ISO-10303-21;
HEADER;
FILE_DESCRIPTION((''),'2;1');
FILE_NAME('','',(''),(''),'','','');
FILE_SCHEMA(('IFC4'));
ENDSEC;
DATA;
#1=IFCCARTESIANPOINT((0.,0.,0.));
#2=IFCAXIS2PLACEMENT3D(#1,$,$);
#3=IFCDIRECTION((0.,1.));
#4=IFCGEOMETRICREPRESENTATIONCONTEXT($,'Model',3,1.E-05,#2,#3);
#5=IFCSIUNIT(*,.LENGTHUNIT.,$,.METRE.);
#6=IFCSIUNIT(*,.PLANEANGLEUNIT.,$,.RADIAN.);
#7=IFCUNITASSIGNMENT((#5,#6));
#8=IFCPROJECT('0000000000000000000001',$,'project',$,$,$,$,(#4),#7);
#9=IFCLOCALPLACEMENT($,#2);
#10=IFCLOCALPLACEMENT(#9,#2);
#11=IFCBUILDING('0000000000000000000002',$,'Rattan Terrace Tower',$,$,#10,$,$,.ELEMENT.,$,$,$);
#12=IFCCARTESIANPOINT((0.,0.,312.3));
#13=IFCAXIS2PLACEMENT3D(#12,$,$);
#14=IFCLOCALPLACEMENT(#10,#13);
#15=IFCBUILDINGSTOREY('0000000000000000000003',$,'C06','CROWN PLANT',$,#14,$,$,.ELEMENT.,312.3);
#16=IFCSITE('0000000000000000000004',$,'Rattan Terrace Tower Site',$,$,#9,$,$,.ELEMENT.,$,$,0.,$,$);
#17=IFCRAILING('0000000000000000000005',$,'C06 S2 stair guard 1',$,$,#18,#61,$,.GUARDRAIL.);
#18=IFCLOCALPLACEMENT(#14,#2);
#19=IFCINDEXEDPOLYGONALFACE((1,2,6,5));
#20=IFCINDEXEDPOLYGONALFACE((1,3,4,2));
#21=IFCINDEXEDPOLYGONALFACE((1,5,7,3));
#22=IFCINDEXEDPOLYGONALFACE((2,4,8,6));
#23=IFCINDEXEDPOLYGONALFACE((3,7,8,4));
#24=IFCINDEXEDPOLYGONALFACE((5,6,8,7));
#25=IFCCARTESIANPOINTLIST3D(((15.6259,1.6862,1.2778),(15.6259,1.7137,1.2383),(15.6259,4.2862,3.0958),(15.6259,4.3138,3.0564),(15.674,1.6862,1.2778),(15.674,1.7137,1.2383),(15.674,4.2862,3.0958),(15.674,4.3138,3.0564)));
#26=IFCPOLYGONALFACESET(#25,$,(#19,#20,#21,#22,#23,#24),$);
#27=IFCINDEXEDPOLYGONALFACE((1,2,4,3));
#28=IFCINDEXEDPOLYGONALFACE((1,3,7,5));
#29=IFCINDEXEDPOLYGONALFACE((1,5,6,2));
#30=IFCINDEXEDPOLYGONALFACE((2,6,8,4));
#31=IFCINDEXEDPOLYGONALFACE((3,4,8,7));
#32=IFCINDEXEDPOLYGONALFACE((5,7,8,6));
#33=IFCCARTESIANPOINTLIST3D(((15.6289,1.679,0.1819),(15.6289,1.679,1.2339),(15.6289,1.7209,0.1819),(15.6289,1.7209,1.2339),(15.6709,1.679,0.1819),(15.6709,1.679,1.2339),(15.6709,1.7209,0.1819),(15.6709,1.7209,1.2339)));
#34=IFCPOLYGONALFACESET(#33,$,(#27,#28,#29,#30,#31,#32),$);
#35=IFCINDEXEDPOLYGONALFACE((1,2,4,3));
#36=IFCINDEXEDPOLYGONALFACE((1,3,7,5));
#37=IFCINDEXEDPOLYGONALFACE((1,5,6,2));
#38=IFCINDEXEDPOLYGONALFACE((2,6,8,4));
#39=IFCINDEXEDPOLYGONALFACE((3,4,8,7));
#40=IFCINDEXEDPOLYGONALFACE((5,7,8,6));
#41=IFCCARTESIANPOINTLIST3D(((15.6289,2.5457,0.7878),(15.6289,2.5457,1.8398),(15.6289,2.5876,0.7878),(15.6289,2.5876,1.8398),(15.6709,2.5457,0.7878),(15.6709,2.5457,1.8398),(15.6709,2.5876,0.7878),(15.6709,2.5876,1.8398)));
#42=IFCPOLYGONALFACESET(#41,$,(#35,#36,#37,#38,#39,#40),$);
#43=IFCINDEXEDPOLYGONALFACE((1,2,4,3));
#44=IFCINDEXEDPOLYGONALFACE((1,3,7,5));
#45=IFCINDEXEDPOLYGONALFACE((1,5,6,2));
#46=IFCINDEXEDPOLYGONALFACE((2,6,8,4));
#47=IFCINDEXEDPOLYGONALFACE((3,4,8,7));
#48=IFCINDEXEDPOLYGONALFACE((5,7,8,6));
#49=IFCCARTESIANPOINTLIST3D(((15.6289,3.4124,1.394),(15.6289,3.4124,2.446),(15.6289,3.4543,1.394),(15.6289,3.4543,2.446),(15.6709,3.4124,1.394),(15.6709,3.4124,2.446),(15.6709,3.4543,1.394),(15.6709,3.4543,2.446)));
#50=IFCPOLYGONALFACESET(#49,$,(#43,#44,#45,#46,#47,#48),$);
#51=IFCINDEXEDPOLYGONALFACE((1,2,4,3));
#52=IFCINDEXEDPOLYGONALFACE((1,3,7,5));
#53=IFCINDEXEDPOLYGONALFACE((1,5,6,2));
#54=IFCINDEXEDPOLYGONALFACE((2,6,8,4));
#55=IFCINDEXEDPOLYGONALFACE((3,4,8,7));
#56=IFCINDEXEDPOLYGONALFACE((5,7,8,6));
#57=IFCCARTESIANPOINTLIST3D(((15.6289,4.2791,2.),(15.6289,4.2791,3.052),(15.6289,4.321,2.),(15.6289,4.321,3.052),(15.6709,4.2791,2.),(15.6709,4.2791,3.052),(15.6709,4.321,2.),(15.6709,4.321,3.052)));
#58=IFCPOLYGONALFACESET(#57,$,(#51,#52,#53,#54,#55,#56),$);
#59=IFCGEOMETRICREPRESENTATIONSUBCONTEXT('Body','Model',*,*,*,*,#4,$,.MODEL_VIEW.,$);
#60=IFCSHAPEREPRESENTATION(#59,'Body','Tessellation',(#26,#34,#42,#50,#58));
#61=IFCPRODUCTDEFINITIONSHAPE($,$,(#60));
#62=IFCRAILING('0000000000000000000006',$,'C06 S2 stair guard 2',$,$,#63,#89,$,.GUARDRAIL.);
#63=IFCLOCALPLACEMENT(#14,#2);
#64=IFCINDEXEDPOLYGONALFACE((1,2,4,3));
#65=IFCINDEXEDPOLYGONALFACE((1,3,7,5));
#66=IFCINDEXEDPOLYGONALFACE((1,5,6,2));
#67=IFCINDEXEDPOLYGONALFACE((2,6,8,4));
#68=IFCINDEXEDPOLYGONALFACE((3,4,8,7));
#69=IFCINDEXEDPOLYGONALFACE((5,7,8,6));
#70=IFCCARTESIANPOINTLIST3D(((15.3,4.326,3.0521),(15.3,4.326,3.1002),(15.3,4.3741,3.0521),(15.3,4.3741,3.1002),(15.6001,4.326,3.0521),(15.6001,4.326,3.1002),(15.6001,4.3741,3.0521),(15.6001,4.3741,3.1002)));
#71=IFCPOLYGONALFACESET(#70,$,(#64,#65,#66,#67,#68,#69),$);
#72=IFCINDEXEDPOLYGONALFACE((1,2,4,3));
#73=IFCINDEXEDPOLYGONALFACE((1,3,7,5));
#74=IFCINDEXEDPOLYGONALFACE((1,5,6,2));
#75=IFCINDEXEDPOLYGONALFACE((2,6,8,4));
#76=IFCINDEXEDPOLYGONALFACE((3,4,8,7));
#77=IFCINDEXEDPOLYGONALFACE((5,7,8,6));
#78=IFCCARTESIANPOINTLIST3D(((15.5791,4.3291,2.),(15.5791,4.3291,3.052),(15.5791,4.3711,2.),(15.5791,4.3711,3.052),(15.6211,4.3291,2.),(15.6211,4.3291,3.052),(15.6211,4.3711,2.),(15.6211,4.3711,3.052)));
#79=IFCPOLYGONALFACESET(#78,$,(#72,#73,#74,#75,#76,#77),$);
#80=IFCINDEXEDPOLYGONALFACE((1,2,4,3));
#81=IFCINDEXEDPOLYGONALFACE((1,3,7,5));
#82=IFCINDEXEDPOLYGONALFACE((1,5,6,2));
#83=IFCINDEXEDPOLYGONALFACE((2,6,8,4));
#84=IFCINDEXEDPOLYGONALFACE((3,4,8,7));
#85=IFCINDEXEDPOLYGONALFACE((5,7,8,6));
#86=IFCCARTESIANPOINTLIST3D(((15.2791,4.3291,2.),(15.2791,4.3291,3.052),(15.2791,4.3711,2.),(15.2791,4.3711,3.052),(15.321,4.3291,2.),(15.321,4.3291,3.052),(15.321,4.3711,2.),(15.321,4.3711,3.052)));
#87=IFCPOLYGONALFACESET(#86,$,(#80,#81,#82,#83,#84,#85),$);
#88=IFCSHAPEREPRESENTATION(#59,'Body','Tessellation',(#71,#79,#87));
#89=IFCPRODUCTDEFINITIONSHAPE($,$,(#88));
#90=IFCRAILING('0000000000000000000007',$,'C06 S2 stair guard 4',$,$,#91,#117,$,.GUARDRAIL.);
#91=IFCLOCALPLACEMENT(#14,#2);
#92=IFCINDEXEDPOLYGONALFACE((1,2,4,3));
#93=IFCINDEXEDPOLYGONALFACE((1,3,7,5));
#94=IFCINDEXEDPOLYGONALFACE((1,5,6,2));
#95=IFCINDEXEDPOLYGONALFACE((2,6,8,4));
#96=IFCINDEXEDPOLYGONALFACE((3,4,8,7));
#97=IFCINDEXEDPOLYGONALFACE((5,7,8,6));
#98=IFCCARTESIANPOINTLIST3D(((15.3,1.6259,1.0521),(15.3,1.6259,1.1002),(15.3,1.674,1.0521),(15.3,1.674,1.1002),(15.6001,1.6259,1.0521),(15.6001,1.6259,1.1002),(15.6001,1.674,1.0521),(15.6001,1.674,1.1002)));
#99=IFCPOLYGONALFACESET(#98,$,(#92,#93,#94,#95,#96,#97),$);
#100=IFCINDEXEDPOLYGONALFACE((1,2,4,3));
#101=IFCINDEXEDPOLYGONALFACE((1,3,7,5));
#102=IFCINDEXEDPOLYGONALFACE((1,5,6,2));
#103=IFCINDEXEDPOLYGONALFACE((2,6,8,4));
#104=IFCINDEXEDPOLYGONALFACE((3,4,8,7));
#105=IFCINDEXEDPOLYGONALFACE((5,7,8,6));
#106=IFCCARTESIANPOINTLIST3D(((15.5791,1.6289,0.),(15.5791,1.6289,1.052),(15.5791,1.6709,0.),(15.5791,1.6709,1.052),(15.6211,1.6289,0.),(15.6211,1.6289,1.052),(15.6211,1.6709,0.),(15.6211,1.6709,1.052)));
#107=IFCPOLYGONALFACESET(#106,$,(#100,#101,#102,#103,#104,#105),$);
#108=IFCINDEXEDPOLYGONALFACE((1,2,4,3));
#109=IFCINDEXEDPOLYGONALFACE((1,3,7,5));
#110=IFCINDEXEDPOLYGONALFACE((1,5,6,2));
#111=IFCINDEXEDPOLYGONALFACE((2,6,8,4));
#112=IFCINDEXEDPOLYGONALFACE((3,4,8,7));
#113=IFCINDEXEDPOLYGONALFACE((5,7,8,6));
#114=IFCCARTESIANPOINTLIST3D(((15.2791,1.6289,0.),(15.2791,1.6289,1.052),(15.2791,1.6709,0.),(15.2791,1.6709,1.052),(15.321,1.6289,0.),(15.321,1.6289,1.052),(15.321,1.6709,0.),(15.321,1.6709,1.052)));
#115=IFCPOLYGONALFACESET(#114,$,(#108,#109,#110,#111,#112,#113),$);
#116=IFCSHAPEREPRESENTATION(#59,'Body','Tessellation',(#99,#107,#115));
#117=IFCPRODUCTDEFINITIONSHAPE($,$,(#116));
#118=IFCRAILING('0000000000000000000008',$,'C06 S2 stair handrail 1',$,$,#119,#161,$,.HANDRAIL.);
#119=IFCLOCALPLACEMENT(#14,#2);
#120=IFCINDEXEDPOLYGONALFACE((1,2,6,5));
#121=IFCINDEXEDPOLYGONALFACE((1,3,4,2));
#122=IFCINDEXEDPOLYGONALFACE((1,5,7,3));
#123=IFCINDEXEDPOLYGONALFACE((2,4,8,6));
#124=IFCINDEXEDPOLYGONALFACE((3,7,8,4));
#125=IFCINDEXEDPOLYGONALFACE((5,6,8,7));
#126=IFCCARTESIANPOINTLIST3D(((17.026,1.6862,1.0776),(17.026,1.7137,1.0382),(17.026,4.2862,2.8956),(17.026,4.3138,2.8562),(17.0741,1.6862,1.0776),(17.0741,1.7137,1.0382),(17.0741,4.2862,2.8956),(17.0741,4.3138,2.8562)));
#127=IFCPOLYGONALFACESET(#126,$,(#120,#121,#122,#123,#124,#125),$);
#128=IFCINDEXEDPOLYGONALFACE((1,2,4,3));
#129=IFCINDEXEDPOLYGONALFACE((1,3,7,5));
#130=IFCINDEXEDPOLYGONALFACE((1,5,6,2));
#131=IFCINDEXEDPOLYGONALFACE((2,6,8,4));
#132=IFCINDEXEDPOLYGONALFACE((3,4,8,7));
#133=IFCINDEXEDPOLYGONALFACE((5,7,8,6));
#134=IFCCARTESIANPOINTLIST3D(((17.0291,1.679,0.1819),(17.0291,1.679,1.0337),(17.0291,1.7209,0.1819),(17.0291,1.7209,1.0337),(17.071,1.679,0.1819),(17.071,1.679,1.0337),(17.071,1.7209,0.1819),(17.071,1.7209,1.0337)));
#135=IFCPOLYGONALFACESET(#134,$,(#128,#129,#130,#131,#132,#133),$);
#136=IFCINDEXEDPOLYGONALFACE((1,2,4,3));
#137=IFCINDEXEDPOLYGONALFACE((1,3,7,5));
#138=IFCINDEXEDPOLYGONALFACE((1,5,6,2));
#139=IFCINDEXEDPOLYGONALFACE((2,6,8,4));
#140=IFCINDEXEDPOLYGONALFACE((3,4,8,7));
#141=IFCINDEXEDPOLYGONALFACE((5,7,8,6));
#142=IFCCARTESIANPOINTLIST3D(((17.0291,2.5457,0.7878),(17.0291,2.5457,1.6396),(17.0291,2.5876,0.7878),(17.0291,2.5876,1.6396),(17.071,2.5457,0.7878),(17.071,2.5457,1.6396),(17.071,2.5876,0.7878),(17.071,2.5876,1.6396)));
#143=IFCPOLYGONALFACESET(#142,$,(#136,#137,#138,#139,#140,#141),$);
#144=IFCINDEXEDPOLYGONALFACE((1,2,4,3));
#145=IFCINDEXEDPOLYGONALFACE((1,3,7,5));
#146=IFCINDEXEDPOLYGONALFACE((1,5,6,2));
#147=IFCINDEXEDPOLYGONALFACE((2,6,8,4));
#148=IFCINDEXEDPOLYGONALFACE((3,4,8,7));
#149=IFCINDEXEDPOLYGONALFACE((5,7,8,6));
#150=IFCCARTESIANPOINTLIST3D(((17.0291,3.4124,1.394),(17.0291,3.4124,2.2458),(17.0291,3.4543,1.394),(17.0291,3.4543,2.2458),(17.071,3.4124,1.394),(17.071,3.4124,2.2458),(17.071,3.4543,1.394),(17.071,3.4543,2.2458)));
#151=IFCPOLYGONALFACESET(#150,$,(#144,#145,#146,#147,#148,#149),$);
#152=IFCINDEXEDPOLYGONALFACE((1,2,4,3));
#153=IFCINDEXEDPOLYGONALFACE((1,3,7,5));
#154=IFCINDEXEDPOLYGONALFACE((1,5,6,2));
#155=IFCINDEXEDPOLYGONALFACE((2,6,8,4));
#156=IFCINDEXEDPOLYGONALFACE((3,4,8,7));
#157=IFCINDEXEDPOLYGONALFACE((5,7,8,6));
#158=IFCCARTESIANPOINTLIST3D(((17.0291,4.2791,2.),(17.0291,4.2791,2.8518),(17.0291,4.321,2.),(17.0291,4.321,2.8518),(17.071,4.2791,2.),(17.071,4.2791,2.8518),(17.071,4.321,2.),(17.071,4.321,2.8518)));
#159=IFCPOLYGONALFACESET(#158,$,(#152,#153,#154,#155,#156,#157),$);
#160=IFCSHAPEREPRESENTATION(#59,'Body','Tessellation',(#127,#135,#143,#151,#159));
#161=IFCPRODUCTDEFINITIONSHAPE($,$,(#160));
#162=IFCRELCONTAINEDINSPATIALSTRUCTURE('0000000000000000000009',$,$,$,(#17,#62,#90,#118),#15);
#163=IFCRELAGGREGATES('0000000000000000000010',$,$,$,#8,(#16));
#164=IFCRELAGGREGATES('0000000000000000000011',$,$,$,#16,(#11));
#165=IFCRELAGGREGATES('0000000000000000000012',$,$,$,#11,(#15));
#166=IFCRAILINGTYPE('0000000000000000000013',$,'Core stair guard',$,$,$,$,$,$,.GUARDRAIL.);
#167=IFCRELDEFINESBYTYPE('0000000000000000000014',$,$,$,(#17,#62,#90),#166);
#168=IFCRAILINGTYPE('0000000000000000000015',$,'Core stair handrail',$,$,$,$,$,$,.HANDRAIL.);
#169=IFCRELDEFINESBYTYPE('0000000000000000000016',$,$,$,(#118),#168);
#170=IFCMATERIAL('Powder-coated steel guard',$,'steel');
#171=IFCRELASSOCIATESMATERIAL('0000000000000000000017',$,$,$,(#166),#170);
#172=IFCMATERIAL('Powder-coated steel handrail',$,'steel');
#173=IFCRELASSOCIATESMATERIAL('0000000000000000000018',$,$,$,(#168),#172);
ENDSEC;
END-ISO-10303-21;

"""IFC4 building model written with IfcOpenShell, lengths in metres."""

from ifc_helpers import new_model, si_unit, direction, frame, origin, origin_2d, place, context, subcontext, project, spatial, rectangle, extrude, material, type_object, element, save


model = new_model("IFC4")

# Units and contexts
model_context = context("Model", 3, precision=1e-05, world=origin(), true_north=direction((0.0, 1.0)))
body_context = subcontext(model_context, "Body", "Model", "MODEL_VIEW")
ifc_project = project(units=[si_unit("LENGTHUNIT", "METRE"), si_unit("PLANEANGLEUNIT", "RADIAN")], contexts=[model_context])

# Site, building, storey
site_placement = place(None, origin())
site = spatial("IfcSite", under=ifc_project, at=site_placement, Name="Rattan Terrace Tower Site", CompositionType="ELEMENT", RefElevation=0.0)
building_placement = place(site_placement, origin())
building = spatial("IfcBuilding", under=site, at=building_placement, Name="Rattan Terrace Tower", CompositionType="ELEMENT")
storey_placement = place(building_placement, frame((0.0, 0.0, 312.3)))
storey = spatial("IfcBuildingStorey", under=building, at=storey_placement, Name="C06", Description="CROWN PLANT", CompositionType="ELEMENT", Elevation=312.3)

# Railings
ifc_material_1 = material(Name="Powder-coated steel guard", Category="steel")
railing_type_1 = type_object("IfcRailingType", Name="Core stair guard", PredefinedType="GUARDRAIL", material=ifc_material_1)
railing_1_placement = place(storey_placement, frame((15.6499, 1.7, 0.1819)))
element("IfcRailing", 1, at=railing_1_placement, inside=storey, type_object=railing_type_1, Name="C06 S2 stair guard 1", PredefinedType="GUARDRAIL", context=body_context, shape_type="SweptSolid", body=[
    extrude(rectangle(XDim=0.0481, YDim=0.0481, at=origin_2d()), frame((0.0, 0.0, 1.0762), z_axis=(0.0, 0.819521, 0.573049), x_axis=(-1.0, 0.0, 0.0)), (0.0, 0.0, 1.0), 3.1726),
    extrude(rectangle(XDim=0.042, YDim=0.042, at=origin_2d()), origin(), (0.0, 0.0, 1.0), 1.052),
    extrude(rectangle(XDim=0.042, YDim=0.042, at=origin_2d()), frame((0.0, 0.8667, 0.606)), (0.0, 0.0, 1.0), 1.052),
    extrude(rectangle(XDim=0.042, YDim=0.042, at=origin_2d()), frame((0.0, 1.7334, 1.2122)), (0.0, 0.0, 1.0), 1.052),
    extrude(rectangle(XDim=0.042, YDim=0.042, at=origin_2d()), frame((0.0, 2.6001, 1.8181)), (0.0, 0.0, 1.0), 1.052),
])
for number, where, name in (
    (2, (15.6001, 4.3501, 2.0), "C06 S2 stair guard 2"),
    (3, (15.6001, 1.6499, 0.0), "C06 S2 stair guard 4"),
):
    element("IfcRailing", number, at=place(storey_placement, frame(where)), inside=storey, type_object=railing_type_1, Name=name, PredefinedType="GUARDRAIL", context=body_context, shape_type="SweptSolid", body=[
        extrude(rectangle(XDim=0.0481, YDim=0.0481, at=origin_2d()), frame((0.0, 0.0, 1.0762), z_axis=(-1.0, 0.0, 0.0), x_axis=(0.0, -1.0, 0.0)), (0.0, 0.0, 1.0), 0.3),
        extrude(rectangle(XDim=0.042, YDim=0.042, at=origin_2d()), origin(), (0.0, 0.0, 1.0), 1.052),
        extrude(rectangle(XDim=0.042, YDim=0.042, at=origin_2d()), frame((-0.3, 0.0, 0.0)), (0.0, 0.0, 1.0), 1.052),
    ])
ifc_material_2 = material(Name="Powder-coated steel handrail", Category="steel")
railing_type_2 = type_object("IfcRailingType", Name="Core stair handrail", PredefinedType="HANDRAIL", material=ifc_material_2)
railing_2_placement = place(storey_placement, frame((17.05, 1.7, 0.1819)))
element("IfcRailing", 4, at=railing_2_placement, inside=storey, type_object=railing_type_2, Name="C06 S2 stair handrail 1", PredefinedType="HANDRAIL", context=body_context, shape_type="SweptSolid", body=[
    extrude(rectangle(XDim=0.0481, YDim=0.0481, at=origin_2d()), frame((0.0, 0.0, 0.876), z_axis=(0.0, 0.819521, 0.573049), x_axis=(-1.0, 0.0, 0.0)), (0.0, 0.0, 1.0), 3.1726),
    extrude(rectangle(XDim=0.042, YDim=0.042, at=origin_2d()), origin(), (0.0, 0.0, 1.0), 0.8518),
    extrude(rectangle(XDim=0.042, YDim=0.042, at=origin_2d()), frame((0.0, 0.8667, 0.606)), (0.0, 0.0, 1.0), 0.8518),
    extrude(rectangle(XDim=0.042, YDim=0.042, at=origin_2d()), frame((0.0, 1.7334, 1.2122)), (0.0, 0.0, 1.0), 0.8518),
    extrude(rectangle(XDim=0.042, YDim=0.042, at=origin_2d()), frame((0.0, 2.6001, 1.8181)), (0.0, 0.0, 1.0), 0.8518),
])

save(model, "model.ifc")
